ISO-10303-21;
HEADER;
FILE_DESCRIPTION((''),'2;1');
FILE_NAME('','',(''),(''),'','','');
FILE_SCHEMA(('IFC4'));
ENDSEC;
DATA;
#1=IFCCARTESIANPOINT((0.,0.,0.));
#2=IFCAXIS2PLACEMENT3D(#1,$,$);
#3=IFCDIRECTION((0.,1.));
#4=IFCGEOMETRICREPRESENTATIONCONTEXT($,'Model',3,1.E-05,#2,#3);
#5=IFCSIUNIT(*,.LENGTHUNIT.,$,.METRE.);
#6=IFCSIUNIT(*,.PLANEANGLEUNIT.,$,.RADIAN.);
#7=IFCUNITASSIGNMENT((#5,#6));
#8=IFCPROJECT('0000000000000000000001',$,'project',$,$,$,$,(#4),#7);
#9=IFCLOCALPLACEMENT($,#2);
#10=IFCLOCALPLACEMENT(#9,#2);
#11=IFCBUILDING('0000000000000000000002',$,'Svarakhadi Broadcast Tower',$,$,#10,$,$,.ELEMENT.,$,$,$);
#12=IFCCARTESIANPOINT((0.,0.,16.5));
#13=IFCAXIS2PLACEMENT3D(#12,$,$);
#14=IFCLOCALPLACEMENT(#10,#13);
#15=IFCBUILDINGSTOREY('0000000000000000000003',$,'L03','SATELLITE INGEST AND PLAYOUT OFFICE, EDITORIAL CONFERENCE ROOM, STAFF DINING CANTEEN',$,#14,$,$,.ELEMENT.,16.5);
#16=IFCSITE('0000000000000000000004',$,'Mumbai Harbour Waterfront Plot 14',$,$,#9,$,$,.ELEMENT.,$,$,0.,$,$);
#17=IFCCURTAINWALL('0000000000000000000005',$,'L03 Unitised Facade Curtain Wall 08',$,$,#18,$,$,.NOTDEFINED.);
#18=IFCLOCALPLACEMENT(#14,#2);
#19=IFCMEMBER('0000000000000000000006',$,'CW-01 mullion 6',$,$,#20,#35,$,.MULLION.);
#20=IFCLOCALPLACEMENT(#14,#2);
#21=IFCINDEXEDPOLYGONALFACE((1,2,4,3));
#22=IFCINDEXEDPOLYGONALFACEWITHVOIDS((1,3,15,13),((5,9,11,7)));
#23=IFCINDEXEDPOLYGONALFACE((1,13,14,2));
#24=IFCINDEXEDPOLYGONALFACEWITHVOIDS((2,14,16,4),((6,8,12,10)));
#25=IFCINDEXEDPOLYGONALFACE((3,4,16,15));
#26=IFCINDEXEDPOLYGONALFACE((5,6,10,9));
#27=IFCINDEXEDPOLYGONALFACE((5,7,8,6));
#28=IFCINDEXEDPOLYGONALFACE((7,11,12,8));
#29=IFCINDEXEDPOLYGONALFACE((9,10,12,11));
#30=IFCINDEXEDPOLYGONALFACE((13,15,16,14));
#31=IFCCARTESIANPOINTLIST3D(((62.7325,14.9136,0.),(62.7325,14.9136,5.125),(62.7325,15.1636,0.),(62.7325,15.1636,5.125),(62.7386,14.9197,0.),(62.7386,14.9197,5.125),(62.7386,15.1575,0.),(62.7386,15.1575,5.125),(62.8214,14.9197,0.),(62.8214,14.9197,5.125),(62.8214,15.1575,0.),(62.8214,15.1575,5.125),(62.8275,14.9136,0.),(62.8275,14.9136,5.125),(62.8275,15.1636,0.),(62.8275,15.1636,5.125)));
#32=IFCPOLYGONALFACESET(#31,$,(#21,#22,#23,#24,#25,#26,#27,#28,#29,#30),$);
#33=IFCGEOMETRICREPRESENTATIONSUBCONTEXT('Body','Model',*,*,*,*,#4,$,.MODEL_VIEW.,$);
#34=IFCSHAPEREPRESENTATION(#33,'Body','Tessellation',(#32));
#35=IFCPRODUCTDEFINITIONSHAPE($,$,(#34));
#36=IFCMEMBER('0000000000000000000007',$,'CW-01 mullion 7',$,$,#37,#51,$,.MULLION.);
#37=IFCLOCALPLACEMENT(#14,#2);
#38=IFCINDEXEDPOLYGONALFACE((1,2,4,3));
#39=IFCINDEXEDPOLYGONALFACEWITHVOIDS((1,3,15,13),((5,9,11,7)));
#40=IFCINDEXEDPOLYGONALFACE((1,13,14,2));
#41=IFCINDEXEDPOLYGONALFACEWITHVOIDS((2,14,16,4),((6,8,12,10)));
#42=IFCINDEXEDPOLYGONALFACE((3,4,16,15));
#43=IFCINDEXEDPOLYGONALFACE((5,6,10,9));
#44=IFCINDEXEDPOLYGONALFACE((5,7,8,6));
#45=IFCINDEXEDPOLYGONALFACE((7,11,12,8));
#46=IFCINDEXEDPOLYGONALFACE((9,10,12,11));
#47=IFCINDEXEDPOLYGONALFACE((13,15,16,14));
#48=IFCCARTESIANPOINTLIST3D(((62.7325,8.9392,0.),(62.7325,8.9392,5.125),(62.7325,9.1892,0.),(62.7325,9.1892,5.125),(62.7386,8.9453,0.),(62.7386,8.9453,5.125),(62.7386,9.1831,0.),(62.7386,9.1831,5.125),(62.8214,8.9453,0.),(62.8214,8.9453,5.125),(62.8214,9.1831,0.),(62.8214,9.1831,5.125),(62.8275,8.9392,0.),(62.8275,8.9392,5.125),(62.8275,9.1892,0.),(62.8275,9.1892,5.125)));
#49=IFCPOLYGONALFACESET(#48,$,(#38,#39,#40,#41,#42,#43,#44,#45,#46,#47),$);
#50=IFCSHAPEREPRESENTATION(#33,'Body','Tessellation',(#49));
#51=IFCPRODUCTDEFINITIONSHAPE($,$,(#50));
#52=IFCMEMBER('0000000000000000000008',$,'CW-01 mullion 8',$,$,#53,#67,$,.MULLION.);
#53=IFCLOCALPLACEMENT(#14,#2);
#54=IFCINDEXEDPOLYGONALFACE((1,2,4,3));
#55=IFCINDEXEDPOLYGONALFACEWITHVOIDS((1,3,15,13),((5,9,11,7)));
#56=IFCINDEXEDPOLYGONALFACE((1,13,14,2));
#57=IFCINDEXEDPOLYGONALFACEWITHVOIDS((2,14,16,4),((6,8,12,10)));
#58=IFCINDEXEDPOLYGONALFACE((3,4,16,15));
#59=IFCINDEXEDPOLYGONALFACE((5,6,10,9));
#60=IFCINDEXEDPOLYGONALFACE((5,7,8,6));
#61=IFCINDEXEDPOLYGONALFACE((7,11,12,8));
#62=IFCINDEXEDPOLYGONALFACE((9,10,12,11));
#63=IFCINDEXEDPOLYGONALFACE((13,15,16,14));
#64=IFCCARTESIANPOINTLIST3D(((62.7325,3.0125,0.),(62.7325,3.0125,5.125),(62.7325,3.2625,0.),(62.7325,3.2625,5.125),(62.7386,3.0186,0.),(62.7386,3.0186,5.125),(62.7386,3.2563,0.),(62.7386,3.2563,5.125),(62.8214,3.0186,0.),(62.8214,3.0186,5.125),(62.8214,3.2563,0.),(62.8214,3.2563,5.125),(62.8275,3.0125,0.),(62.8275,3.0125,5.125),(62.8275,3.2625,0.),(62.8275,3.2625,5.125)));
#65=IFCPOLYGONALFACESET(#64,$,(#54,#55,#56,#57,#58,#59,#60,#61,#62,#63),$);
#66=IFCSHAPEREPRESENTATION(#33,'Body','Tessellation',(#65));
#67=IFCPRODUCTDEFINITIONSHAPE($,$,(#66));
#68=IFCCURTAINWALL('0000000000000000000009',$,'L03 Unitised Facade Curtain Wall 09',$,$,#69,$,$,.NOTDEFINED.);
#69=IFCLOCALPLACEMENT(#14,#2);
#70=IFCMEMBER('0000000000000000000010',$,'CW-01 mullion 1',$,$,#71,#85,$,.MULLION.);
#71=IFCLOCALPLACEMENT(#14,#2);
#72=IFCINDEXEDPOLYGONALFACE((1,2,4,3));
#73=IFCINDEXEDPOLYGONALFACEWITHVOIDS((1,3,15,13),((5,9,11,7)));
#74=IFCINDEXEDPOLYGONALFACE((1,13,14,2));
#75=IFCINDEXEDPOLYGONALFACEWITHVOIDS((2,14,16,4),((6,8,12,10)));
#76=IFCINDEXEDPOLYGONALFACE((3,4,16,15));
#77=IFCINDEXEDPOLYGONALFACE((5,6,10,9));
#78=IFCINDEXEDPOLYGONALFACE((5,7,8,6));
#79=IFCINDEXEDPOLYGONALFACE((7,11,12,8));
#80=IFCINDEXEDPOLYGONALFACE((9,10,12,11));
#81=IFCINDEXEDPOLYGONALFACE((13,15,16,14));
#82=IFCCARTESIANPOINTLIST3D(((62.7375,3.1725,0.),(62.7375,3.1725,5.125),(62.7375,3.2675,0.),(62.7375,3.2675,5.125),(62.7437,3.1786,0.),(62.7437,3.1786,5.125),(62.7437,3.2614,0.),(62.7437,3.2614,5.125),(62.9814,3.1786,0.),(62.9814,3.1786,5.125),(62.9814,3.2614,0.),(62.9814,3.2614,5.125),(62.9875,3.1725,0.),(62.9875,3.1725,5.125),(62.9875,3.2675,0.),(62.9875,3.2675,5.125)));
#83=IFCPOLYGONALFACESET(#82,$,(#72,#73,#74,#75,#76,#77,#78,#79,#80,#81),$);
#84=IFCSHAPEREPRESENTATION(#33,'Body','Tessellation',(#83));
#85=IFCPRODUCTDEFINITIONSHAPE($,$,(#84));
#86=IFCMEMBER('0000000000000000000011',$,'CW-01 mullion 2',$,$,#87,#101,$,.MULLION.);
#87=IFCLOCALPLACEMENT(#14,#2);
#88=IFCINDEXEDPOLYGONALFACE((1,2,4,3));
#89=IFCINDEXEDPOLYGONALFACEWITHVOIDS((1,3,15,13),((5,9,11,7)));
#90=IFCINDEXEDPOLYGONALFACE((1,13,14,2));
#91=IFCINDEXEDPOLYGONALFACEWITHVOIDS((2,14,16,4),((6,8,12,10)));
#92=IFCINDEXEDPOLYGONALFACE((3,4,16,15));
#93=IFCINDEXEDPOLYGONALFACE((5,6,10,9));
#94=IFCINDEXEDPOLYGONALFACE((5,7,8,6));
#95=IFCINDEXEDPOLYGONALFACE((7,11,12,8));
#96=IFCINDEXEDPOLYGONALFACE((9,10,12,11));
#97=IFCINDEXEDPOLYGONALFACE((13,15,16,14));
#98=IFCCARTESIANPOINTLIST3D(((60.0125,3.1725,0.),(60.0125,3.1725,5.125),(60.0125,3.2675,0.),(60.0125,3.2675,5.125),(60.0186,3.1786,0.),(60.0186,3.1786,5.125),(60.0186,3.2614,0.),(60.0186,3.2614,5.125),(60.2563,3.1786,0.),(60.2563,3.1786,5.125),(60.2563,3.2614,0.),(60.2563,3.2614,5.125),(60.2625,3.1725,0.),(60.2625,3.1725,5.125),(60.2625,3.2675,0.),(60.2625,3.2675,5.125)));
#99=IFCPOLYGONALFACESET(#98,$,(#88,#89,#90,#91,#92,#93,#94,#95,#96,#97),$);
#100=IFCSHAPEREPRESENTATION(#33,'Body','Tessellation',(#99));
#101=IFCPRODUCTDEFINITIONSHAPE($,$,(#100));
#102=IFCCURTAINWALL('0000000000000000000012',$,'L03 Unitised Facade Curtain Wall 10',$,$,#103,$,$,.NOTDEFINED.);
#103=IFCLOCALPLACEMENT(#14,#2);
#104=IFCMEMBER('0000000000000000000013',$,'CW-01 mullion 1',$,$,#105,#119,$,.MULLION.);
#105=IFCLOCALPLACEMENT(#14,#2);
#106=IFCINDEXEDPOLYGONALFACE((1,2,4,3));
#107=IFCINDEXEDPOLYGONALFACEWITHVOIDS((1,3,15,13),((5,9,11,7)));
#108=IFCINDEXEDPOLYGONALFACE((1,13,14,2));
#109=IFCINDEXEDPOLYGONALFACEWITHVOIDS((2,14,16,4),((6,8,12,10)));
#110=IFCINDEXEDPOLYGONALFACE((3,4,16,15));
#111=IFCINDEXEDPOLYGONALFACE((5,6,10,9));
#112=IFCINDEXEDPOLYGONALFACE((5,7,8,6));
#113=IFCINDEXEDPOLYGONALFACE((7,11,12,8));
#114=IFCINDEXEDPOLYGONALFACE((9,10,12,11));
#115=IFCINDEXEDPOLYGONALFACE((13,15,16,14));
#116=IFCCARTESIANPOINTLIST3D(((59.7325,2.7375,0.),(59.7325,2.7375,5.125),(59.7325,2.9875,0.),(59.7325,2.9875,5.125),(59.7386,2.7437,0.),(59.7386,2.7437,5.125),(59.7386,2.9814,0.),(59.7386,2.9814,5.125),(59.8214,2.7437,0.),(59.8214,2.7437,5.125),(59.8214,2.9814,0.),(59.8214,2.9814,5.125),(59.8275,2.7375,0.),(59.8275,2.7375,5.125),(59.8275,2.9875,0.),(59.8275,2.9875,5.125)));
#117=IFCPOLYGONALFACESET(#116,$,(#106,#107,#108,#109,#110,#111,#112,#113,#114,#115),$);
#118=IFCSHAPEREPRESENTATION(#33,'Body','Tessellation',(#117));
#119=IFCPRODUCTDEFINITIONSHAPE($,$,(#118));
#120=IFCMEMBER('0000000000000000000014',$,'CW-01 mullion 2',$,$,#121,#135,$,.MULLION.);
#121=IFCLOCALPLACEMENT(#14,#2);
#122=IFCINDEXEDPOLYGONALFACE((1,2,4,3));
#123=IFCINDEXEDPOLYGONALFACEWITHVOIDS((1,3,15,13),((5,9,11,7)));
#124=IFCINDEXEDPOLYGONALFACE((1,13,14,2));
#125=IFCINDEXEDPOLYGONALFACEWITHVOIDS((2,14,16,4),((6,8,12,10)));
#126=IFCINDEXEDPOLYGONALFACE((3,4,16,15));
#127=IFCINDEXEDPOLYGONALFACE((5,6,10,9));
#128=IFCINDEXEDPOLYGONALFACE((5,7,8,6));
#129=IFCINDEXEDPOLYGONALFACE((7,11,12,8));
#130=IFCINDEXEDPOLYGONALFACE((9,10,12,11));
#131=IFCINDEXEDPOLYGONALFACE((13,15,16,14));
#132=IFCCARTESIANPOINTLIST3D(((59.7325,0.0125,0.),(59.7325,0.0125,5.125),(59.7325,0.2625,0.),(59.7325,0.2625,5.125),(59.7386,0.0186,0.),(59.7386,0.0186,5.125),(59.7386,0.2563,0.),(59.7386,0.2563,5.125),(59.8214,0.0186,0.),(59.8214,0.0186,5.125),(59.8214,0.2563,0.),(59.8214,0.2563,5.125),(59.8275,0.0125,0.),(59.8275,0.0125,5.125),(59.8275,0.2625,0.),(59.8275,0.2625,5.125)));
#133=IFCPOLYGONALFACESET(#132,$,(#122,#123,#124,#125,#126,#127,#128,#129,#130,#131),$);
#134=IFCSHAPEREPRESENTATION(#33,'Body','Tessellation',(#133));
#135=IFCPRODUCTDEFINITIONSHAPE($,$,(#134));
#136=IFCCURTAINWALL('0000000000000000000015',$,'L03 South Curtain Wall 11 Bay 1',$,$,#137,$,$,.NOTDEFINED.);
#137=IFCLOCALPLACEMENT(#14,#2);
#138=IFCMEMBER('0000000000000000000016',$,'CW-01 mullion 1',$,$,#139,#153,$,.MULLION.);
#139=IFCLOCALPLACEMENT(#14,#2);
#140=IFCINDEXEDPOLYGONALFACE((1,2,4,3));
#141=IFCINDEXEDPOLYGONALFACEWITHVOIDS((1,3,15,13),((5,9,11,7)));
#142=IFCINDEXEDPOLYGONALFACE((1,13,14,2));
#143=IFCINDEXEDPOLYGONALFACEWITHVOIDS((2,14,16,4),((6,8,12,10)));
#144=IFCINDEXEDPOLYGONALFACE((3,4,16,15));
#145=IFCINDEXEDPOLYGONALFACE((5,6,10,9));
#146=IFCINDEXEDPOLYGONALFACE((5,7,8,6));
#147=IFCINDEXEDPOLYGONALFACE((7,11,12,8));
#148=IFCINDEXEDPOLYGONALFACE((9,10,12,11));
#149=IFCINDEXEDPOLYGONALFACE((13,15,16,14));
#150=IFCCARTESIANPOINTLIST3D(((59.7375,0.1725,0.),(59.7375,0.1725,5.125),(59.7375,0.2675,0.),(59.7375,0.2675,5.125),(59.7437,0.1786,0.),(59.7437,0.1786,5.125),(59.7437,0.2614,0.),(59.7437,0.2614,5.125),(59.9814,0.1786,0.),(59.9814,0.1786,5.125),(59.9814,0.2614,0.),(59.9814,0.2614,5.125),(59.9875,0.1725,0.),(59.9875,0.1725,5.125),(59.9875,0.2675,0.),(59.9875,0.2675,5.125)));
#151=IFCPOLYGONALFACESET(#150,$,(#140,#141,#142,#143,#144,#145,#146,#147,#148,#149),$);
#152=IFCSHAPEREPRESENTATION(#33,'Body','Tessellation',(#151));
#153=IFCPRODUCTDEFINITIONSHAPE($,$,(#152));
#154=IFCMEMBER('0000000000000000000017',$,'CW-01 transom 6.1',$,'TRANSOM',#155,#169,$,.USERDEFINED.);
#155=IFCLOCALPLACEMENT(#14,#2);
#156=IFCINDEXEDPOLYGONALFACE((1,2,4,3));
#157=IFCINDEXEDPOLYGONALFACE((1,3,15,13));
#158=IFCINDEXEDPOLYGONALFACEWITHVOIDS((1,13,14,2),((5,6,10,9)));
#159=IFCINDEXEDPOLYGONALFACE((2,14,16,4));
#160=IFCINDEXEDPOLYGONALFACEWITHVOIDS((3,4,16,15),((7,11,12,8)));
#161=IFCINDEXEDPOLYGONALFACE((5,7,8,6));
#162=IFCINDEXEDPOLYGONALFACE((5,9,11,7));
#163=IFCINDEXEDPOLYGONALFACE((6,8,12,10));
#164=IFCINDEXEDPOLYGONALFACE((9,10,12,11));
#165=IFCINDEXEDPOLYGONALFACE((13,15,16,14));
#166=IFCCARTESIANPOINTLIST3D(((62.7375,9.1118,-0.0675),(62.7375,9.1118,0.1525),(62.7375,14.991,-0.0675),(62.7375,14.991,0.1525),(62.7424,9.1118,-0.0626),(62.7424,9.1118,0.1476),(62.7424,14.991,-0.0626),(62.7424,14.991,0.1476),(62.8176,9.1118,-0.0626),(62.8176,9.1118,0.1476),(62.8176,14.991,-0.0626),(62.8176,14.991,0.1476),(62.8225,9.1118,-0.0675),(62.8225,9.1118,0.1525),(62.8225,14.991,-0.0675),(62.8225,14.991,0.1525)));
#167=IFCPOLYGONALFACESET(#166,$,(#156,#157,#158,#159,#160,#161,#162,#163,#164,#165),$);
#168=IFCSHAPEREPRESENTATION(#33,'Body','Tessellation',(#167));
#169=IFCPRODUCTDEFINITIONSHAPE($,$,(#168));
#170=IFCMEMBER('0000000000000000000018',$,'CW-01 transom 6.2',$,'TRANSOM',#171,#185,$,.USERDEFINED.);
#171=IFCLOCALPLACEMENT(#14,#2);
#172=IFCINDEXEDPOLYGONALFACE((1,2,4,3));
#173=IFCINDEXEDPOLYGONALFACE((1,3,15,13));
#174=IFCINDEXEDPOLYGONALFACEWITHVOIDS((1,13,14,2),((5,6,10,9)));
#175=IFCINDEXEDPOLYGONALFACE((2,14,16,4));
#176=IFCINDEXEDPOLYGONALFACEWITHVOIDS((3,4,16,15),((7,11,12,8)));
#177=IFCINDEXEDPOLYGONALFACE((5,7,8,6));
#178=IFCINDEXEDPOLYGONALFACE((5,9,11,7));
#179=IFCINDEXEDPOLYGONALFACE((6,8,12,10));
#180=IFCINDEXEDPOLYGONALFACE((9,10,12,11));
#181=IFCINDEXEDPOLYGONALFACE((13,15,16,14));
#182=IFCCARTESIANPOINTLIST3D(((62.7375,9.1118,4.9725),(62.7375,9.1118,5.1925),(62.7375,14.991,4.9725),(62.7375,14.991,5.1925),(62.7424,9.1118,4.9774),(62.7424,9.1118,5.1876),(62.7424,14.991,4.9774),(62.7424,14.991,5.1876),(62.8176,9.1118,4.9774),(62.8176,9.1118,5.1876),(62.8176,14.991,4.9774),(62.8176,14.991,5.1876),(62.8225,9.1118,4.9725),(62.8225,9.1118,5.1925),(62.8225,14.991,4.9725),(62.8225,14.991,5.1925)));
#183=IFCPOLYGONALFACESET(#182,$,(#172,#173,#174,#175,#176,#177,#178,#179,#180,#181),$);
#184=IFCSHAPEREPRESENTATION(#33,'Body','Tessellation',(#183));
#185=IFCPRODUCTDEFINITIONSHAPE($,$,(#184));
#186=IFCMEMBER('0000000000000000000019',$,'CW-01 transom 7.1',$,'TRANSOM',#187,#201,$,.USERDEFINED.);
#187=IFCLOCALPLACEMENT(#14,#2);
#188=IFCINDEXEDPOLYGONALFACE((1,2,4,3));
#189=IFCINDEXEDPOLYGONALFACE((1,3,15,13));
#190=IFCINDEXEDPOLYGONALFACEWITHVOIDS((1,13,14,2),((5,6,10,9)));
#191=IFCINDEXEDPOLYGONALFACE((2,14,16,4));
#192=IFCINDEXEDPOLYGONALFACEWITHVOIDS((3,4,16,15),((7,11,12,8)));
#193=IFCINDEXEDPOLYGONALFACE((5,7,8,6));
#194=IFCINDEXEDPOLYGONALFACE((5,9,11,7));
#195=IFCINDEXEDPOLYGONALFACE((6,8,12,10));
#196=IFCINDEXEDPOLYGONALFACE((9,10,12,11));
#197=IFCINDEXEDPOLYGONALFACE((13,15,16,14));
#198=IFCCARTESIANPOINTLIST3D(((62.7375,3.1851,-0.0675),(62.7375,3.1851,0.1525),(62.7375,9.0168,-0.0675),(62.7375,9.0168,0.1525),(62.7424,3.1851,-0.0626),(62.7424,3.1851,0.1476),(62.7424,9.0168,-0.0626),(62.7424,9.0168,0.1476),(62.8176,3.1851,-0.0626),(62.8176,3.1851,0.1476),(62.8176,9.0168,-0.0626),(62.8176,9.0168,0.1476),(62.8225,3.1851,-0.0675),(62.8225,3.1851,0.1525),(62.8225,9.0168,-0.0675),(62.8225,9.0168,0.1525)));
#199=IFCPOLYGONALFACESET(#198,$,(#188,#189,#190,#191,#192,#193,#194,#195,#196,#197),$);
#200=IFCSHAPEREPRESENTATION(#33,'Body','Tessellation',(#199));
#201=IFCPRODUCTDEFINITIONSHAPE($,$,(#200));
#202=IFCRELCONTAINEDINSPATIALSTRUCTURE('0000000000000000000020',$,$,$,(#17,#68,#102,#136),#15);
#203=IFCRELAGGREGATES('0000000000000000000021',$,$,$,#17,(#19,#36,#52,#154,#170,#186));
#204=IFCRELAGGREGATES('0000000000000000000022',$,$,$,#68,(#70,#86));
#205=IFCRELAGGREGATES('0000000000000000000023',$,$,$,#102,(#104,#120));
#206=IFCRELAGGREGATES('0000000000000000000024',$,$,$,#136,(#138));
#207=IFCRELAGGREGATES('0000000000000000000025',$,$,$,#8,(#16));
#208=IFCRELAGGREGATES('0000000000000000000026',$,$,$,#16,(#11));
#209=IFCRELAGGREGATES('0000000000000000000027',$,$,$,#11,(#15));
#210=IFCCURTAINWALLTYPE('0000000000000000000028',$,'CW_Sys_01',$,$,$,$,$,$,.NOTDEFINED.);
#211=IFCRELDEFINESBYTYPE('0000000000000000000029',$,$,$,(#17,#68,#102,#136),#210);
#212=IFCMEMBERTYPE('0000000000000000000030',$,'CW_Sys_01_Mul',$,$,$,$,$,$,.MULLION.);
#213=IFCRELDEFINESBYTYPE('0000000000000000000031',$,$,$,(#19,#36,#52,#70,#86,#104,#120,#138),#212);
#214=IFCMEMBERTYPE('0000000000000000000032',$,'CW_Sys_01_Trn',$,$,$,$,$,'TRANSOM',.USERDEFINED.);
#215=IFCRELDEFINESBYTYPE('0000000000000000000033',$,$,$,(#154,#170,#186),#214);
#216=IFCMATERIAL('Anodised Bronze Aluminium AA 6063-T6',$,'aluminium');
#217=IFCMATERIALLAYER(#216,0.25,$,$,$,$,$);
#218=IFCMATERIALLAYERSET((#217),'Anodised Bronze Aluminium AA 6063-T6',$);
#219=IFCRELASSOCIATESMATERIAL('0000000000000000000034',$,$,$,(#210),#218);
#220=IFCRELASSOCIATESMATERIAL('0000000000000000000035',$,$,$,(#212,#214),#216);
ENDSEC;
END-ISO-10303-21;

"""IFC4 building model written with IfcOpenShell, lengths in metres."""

from ifc_helpers import new_model, si_unit, direction, frame, origin, origin_2d, place, context, subcontext, project, spatial, hollow_rectangle, extrude, material, layer, layer_set, material_profile, profile_set, type_object, element, aggregate, save


model = new_model("IFC4")

# Units and contexts
model_context = context("Model", 3, precision=1e-05, world=origin(), true_north=direction((0.0, 1.0)))
body_context = subcontext(model_context, "Body", "Model", "MODEL_VIEW")
ifc_project = project(units=[si_unit("LENGTHUNIT", "METRE"), si_unit("PLANEANGLEUNIT", "RADIAN")], contexts=[model_context])

# Site, building, storey
site_placement = place(None, origin())
site = spatial("IfcSite", under=ifc_project, at=site_placement, Name="Mumbai Harbour Waterfront Plot 14", CompositionType="ELEMENT", RefElevation=0.0)
building_placement = place(site_placement, origin())
building = spatial("IfcBuilding", under=site, at=building_placement, Name="Svarakhadi Broadcast Tower", CompositionType="ELEMENT")
storey_placement = place(building_placement, frame((0.0, 0.0, 16.5)))
storey = spatial("IfcBuildingStorey", under=building, at=storey_placement, Name="L03", Description="SATELLITE INGEST AND PLAYOUT OFFICE, EDITORIAL CONFERENCE ROOM, STAFF DINING CANTEEN", CompositionType="ELEMENT", Elevation=16.5)

# Curtain walls, members
ifc_material_1 = material(Name="Anodised Bronze Aluminium AA 6063-T6", Category="aluminium")
ifc_layer_1 = layer(ifc_material_1, 0.25)
ifc_layer_set_1 = layer_set([ifc_layer_1], Name="Anodised Bronze Aluminium AA 6063-T6")
curtain_wall_type = type_object("IfcCurtainWallType", Name="CW_Sys_01", PredefinedType="NOTDEFINED", material=ifc_layer_set_1)
curtain_wall_1_placement = place(storey_placement, origin())
curtain_wall_1 = element("IfcCurtainWall", 1, at=curtain_wall_1_placement, inside=storey, type_object=curtain_wall_type, Name="L03 Unitised Facade Curtain Wall 08", PredefinedType="NOTDEFINED")
ifc_material_profile_1 = material_profile(ifc_material_1, hollow_rectangle(XDim=0.095, YDim=0.25, WallThickness=0.0061, at=origin_2d()), Name="ALU MULLION 250x95x6")
ifc_profile_set_1 = profile_set([ifc_material_profile_1], Name="Anodised Bronze Aluminium AA 6063-T6")
member_type_1 = type_object("IfcMemberType", Name="CW_Sys_01_Mul", PredefinedType="MULLION", material=ifc_profile_set_1)
member_1_placement = place(storey_placement, frame((62.78, 15.0386, 0.0), z_axis=(0.0, 0.0, 1.0), x_axis=(1.0, 0.0, 0.0)))
member_1 = element("IfcMember", 2, at=member_1_placement, type_object=member_type_1, Name="CW-01 mullion 6", PredefinedType="MULLION", context=body_context, shape_type="SweptSolid", body=[
    extrude(hollow_rectangle(XDim=0.095, YDim=0.25, WallThickness=0.0061, at=origin_2d()), origin(), (0.0, 0.0, 1.0), 5.125),
])
member_2_placement = place(storey_placement, frame((62.78, 9.0642, 0.0), z_axis=(0.0, 0.0, 1.0), x_axis=(1.0, 0.0, 0.0)))
member_2 = element("IfcMember", 3, at=member_2_placement, type_object=member_type_1, Name="CW-01 mullion 7", PredefinedType="MULLION", context=body_context, shape_type="SweptSolid", body=[
    extrude(hollow_rectangle(XDim=0.095, YDim=0.25, WallThickness=0.0061, at=origin_2d()), origin(), (0.0, 0.0, 1.0), 5.125),
])
member_3_placement = place(storey_placement, frame((62.78, 3.1375, 0.0), z_axis=(0.0, 0.0, 1.0), x_axis=(1.0, 0.0, 0.0)))
member_3 = element("IfcMember", 4, at=member_3_placement, type_object=member_type_1, Name="CW-01 mullion 8", PredefinedType="MULLION", context=body_context, shape_type="SweptSolid", body=[
    extrude(hollow_rectangle(XDim=0.095, YDim=0.25, WallThickness=0.0061, at=origin_2d()), origin(), (0.0, 0.0, 1.0), 5.125),
])
curtain_wall_2_placement = place(storey_placement, origin())
curtain_wall_2 = element("IfcCurtainWall", 5, at=curtain_wall_2_placement, inside=storey, type_object=curtain_wall_type, Name="L03 Unitised Facade Curtain Wall 09", PredefinedType="NOTDEFINED")
member_4_placement = place(storey_placement, frame((62.8625, 3.22, 0.0), z_axis=(0.0, 0.0, 1.0), x_axis=(0.0, -1.0, 0.0)))
member_4 = element("IfcMember", 6, at=member_4_placement, type_object=member_type_1, Name="CW-01 mullion 1", PredefinedType="MULLION", context=body_context, shape_type="SweptSolid", body=[
    extrude(hollow_rectangle(XDim=0.095, YDim=0.25, WallThickness=0.0061, at=origin_2d()), origin(), (0.0, 0.0, 1.0), 5.125),
])
member_5_placement = place(storey_placement, frame((60.1375, 3.22, 0.0), z_axis=(0.0, 0.0, 1.0), x_axis=(0.0, -1.0, 0.0)))
member_5 = element("IfcMember", 7, at=member_5_placement, type_object=member_type_1, Name="CW-01 mullion 2", PredefinedType="MULLION", context=body_context, shape_type="SweptSolid", body=[
    extrude(hollow_rectangle(XDim=0.095, YDim=0.25, WallThickness=0.0061, at=origin_2d()), origin(), (0.0, 0.0, 1.0), 5.125),
])
curtain_wall_3_placement = place(storey_placement, origin())
curtain_wall_3 = element("IfcCurtainWall", 8, at=curtain_wall_3_placement, inside=storey, type_object=curtain_wall_type, Name="L03 Unitised Facade Curtain Wall 10", PredefinedType="NOTDEFINED")
member_6_placement = place(storey_placement, frame((59.78, 2.8625, 0.0), z_axis=(0.0, 0.0, 1.0), x_axis=(1.0, 0.0, 0.0)))
member_6 = element("IfcMember", 9, at=member_6_placement, type_object=member_type_1, Name="CW-01 mullion 1", PredefinedType="MULLION", context=body_context, shape_type="SweptSolid", body=[
    extrude(hollow_rectangle(XDim=0.095, YDim=0.25, WallThickness=0.0061, at=origin_2d()), origin(), (0.0, 0.0, 1.0), 5.125),
])
member_7_placement = place(storey_placement, frame((59.78, 0.1375, 0.0), z_axis=(0.0, 0.0, 1.0), x_axis=(1.0, 0.0, 0.0)))
member_7 = element("IfcMember", 10, at=member_7_placement, type_object=member_type_1, Name="CW-01 mullion 2", PredefinedType="MULLION", context=body_context, shape_type="SweptSolid", body=[
    extrude(hollow_rectangle(XDim=0.095, YDim=0.25, WallThickness=0.0061, at=origin_2d()), origin(), (0.0, 0.0, 1.0), 5.125),
])

# Curtain wall, member
curtain_wall_4_placement = place(storey_placement, origin())
curtain_wall_4 = element("IfcCurtainWall", 11, at=curtain_wall_4_placement, inside=storey, type_object=curtain_wall_type, Name="L03 South Curtain Wall 11 Bay 1", PredefinedType="NOTDEFINED")
member_8_placement = place(storey_placement, frame((59.8625, 0.22, 0.0), z_axis=(0.0, 0.0, 1.0), x_axis=(0.0, -1.0, 0.0)))
member_8 = element("IfcMember", 12, at=member_8_placement, type_object=member_type_1, Name="CW-01 mullion 1", PredefinedType="MULLION", context=body_context, shape_type="SweptSolid", body=[
    extrude(hollow_rectangle(XDim=0.095, YDim=0.25, WallThickness=0.0061, at=origin_2d()), origin(), (0.0, 0.0, 1.0), 5.125),
])

# Members
ifc_material_profile_2 = material_profile(ifc_material_1, hollow_rectangle(XDim=0.085, YDim=0.22, WallThickness=0.0049, at=origin_2d()), Name="ALU TRANSOM 220x85x5")
ifc_profile_set_2 = profile_set([ifc_material_profile_2], Name="Anodised Bronze Aluminium AA 6063-T6")
member_type_2 = type_object("IfcMemberType", Name="CW_Sys_01_Trn", ElementType="TRANSOM", PredefinedType="USERDEFINED", material=ifc_profile_set_2)
member_9_placement = place(storey_placement, frame((62.78, 14.991, 0.0425), z_axis=(0.0, -1.0, 0.0), x_axis=(1.0, 0.0, 0.0)))
member_9 = element("IfcMember", 13, at=member_9_placement, type_object=member_type_2, Name="CW-01 transom 6.1", ObjectType="TRANSOM", PredefinedType="USERDEFINED", context=body_context, shape_type="SweptSolid", body=[
    extrude(hollow_rectangle(XDim=0.085, YDim=0.22, WallThickness=0.0049, at=origin_2d()), origin(), (0.0, 0.0, 1.0), 5.8792),
])
member_10_placement = place(storey_placement, frame((62.78, 14.991, 5.0825), z_axis=(0.0, -1.0, 0.0), x_axis=(1.0, 0.0, 0.0)))
member_10 = element("IfcMember", 14, at=member_10_placement, type_object=member_type_2, Name="CW-01 transom 6.2", ObjectType="TRANSOM", PredefinedType="USERDEFINED", context=body_context, shape_type="SweptSolid", body=[
    extrude(hollow_rectangle(XDim=0.085, YDim=0.22, WallThickness=0.0049, at=origin_2d()), origin(), (0.0, 0.0, 1.0), 5.8792),
])
member_11_placement = place(storey_placement, frame((62.78, 9.0168, 0.0425), z_axis=(0.0, -1.0, 0.0), x_axis=(1.0, 0.0, 0.0)))
member_11 = element("IfcMember", 15, at=member_11_placement, type_object=member_type_2, Name="CW-01 transom 7.1", ObjectType="TRANSOM", PredefinedType="USERDEFINED", context=body_context, shape_type="SweptSolid", body=[
    extrude(hollow_rectangle(XDim=0.085, YDim=0.22, WallThickness=0.0049, at=origin_2d()), origin(), (0.0, 0.0, 1.0), 5.8318),
])

aggregate(curtain_wall_1, [member_1, member_2, member_3, member_9, member_10, member_11])
aggregate(curtain_wall_2, [member_4, member_5])
aggregate(curtain_wall_3, [member_6, member_7])
aggregate(curtain_wall_4, [member_8])

save(model, "model.ifc")
